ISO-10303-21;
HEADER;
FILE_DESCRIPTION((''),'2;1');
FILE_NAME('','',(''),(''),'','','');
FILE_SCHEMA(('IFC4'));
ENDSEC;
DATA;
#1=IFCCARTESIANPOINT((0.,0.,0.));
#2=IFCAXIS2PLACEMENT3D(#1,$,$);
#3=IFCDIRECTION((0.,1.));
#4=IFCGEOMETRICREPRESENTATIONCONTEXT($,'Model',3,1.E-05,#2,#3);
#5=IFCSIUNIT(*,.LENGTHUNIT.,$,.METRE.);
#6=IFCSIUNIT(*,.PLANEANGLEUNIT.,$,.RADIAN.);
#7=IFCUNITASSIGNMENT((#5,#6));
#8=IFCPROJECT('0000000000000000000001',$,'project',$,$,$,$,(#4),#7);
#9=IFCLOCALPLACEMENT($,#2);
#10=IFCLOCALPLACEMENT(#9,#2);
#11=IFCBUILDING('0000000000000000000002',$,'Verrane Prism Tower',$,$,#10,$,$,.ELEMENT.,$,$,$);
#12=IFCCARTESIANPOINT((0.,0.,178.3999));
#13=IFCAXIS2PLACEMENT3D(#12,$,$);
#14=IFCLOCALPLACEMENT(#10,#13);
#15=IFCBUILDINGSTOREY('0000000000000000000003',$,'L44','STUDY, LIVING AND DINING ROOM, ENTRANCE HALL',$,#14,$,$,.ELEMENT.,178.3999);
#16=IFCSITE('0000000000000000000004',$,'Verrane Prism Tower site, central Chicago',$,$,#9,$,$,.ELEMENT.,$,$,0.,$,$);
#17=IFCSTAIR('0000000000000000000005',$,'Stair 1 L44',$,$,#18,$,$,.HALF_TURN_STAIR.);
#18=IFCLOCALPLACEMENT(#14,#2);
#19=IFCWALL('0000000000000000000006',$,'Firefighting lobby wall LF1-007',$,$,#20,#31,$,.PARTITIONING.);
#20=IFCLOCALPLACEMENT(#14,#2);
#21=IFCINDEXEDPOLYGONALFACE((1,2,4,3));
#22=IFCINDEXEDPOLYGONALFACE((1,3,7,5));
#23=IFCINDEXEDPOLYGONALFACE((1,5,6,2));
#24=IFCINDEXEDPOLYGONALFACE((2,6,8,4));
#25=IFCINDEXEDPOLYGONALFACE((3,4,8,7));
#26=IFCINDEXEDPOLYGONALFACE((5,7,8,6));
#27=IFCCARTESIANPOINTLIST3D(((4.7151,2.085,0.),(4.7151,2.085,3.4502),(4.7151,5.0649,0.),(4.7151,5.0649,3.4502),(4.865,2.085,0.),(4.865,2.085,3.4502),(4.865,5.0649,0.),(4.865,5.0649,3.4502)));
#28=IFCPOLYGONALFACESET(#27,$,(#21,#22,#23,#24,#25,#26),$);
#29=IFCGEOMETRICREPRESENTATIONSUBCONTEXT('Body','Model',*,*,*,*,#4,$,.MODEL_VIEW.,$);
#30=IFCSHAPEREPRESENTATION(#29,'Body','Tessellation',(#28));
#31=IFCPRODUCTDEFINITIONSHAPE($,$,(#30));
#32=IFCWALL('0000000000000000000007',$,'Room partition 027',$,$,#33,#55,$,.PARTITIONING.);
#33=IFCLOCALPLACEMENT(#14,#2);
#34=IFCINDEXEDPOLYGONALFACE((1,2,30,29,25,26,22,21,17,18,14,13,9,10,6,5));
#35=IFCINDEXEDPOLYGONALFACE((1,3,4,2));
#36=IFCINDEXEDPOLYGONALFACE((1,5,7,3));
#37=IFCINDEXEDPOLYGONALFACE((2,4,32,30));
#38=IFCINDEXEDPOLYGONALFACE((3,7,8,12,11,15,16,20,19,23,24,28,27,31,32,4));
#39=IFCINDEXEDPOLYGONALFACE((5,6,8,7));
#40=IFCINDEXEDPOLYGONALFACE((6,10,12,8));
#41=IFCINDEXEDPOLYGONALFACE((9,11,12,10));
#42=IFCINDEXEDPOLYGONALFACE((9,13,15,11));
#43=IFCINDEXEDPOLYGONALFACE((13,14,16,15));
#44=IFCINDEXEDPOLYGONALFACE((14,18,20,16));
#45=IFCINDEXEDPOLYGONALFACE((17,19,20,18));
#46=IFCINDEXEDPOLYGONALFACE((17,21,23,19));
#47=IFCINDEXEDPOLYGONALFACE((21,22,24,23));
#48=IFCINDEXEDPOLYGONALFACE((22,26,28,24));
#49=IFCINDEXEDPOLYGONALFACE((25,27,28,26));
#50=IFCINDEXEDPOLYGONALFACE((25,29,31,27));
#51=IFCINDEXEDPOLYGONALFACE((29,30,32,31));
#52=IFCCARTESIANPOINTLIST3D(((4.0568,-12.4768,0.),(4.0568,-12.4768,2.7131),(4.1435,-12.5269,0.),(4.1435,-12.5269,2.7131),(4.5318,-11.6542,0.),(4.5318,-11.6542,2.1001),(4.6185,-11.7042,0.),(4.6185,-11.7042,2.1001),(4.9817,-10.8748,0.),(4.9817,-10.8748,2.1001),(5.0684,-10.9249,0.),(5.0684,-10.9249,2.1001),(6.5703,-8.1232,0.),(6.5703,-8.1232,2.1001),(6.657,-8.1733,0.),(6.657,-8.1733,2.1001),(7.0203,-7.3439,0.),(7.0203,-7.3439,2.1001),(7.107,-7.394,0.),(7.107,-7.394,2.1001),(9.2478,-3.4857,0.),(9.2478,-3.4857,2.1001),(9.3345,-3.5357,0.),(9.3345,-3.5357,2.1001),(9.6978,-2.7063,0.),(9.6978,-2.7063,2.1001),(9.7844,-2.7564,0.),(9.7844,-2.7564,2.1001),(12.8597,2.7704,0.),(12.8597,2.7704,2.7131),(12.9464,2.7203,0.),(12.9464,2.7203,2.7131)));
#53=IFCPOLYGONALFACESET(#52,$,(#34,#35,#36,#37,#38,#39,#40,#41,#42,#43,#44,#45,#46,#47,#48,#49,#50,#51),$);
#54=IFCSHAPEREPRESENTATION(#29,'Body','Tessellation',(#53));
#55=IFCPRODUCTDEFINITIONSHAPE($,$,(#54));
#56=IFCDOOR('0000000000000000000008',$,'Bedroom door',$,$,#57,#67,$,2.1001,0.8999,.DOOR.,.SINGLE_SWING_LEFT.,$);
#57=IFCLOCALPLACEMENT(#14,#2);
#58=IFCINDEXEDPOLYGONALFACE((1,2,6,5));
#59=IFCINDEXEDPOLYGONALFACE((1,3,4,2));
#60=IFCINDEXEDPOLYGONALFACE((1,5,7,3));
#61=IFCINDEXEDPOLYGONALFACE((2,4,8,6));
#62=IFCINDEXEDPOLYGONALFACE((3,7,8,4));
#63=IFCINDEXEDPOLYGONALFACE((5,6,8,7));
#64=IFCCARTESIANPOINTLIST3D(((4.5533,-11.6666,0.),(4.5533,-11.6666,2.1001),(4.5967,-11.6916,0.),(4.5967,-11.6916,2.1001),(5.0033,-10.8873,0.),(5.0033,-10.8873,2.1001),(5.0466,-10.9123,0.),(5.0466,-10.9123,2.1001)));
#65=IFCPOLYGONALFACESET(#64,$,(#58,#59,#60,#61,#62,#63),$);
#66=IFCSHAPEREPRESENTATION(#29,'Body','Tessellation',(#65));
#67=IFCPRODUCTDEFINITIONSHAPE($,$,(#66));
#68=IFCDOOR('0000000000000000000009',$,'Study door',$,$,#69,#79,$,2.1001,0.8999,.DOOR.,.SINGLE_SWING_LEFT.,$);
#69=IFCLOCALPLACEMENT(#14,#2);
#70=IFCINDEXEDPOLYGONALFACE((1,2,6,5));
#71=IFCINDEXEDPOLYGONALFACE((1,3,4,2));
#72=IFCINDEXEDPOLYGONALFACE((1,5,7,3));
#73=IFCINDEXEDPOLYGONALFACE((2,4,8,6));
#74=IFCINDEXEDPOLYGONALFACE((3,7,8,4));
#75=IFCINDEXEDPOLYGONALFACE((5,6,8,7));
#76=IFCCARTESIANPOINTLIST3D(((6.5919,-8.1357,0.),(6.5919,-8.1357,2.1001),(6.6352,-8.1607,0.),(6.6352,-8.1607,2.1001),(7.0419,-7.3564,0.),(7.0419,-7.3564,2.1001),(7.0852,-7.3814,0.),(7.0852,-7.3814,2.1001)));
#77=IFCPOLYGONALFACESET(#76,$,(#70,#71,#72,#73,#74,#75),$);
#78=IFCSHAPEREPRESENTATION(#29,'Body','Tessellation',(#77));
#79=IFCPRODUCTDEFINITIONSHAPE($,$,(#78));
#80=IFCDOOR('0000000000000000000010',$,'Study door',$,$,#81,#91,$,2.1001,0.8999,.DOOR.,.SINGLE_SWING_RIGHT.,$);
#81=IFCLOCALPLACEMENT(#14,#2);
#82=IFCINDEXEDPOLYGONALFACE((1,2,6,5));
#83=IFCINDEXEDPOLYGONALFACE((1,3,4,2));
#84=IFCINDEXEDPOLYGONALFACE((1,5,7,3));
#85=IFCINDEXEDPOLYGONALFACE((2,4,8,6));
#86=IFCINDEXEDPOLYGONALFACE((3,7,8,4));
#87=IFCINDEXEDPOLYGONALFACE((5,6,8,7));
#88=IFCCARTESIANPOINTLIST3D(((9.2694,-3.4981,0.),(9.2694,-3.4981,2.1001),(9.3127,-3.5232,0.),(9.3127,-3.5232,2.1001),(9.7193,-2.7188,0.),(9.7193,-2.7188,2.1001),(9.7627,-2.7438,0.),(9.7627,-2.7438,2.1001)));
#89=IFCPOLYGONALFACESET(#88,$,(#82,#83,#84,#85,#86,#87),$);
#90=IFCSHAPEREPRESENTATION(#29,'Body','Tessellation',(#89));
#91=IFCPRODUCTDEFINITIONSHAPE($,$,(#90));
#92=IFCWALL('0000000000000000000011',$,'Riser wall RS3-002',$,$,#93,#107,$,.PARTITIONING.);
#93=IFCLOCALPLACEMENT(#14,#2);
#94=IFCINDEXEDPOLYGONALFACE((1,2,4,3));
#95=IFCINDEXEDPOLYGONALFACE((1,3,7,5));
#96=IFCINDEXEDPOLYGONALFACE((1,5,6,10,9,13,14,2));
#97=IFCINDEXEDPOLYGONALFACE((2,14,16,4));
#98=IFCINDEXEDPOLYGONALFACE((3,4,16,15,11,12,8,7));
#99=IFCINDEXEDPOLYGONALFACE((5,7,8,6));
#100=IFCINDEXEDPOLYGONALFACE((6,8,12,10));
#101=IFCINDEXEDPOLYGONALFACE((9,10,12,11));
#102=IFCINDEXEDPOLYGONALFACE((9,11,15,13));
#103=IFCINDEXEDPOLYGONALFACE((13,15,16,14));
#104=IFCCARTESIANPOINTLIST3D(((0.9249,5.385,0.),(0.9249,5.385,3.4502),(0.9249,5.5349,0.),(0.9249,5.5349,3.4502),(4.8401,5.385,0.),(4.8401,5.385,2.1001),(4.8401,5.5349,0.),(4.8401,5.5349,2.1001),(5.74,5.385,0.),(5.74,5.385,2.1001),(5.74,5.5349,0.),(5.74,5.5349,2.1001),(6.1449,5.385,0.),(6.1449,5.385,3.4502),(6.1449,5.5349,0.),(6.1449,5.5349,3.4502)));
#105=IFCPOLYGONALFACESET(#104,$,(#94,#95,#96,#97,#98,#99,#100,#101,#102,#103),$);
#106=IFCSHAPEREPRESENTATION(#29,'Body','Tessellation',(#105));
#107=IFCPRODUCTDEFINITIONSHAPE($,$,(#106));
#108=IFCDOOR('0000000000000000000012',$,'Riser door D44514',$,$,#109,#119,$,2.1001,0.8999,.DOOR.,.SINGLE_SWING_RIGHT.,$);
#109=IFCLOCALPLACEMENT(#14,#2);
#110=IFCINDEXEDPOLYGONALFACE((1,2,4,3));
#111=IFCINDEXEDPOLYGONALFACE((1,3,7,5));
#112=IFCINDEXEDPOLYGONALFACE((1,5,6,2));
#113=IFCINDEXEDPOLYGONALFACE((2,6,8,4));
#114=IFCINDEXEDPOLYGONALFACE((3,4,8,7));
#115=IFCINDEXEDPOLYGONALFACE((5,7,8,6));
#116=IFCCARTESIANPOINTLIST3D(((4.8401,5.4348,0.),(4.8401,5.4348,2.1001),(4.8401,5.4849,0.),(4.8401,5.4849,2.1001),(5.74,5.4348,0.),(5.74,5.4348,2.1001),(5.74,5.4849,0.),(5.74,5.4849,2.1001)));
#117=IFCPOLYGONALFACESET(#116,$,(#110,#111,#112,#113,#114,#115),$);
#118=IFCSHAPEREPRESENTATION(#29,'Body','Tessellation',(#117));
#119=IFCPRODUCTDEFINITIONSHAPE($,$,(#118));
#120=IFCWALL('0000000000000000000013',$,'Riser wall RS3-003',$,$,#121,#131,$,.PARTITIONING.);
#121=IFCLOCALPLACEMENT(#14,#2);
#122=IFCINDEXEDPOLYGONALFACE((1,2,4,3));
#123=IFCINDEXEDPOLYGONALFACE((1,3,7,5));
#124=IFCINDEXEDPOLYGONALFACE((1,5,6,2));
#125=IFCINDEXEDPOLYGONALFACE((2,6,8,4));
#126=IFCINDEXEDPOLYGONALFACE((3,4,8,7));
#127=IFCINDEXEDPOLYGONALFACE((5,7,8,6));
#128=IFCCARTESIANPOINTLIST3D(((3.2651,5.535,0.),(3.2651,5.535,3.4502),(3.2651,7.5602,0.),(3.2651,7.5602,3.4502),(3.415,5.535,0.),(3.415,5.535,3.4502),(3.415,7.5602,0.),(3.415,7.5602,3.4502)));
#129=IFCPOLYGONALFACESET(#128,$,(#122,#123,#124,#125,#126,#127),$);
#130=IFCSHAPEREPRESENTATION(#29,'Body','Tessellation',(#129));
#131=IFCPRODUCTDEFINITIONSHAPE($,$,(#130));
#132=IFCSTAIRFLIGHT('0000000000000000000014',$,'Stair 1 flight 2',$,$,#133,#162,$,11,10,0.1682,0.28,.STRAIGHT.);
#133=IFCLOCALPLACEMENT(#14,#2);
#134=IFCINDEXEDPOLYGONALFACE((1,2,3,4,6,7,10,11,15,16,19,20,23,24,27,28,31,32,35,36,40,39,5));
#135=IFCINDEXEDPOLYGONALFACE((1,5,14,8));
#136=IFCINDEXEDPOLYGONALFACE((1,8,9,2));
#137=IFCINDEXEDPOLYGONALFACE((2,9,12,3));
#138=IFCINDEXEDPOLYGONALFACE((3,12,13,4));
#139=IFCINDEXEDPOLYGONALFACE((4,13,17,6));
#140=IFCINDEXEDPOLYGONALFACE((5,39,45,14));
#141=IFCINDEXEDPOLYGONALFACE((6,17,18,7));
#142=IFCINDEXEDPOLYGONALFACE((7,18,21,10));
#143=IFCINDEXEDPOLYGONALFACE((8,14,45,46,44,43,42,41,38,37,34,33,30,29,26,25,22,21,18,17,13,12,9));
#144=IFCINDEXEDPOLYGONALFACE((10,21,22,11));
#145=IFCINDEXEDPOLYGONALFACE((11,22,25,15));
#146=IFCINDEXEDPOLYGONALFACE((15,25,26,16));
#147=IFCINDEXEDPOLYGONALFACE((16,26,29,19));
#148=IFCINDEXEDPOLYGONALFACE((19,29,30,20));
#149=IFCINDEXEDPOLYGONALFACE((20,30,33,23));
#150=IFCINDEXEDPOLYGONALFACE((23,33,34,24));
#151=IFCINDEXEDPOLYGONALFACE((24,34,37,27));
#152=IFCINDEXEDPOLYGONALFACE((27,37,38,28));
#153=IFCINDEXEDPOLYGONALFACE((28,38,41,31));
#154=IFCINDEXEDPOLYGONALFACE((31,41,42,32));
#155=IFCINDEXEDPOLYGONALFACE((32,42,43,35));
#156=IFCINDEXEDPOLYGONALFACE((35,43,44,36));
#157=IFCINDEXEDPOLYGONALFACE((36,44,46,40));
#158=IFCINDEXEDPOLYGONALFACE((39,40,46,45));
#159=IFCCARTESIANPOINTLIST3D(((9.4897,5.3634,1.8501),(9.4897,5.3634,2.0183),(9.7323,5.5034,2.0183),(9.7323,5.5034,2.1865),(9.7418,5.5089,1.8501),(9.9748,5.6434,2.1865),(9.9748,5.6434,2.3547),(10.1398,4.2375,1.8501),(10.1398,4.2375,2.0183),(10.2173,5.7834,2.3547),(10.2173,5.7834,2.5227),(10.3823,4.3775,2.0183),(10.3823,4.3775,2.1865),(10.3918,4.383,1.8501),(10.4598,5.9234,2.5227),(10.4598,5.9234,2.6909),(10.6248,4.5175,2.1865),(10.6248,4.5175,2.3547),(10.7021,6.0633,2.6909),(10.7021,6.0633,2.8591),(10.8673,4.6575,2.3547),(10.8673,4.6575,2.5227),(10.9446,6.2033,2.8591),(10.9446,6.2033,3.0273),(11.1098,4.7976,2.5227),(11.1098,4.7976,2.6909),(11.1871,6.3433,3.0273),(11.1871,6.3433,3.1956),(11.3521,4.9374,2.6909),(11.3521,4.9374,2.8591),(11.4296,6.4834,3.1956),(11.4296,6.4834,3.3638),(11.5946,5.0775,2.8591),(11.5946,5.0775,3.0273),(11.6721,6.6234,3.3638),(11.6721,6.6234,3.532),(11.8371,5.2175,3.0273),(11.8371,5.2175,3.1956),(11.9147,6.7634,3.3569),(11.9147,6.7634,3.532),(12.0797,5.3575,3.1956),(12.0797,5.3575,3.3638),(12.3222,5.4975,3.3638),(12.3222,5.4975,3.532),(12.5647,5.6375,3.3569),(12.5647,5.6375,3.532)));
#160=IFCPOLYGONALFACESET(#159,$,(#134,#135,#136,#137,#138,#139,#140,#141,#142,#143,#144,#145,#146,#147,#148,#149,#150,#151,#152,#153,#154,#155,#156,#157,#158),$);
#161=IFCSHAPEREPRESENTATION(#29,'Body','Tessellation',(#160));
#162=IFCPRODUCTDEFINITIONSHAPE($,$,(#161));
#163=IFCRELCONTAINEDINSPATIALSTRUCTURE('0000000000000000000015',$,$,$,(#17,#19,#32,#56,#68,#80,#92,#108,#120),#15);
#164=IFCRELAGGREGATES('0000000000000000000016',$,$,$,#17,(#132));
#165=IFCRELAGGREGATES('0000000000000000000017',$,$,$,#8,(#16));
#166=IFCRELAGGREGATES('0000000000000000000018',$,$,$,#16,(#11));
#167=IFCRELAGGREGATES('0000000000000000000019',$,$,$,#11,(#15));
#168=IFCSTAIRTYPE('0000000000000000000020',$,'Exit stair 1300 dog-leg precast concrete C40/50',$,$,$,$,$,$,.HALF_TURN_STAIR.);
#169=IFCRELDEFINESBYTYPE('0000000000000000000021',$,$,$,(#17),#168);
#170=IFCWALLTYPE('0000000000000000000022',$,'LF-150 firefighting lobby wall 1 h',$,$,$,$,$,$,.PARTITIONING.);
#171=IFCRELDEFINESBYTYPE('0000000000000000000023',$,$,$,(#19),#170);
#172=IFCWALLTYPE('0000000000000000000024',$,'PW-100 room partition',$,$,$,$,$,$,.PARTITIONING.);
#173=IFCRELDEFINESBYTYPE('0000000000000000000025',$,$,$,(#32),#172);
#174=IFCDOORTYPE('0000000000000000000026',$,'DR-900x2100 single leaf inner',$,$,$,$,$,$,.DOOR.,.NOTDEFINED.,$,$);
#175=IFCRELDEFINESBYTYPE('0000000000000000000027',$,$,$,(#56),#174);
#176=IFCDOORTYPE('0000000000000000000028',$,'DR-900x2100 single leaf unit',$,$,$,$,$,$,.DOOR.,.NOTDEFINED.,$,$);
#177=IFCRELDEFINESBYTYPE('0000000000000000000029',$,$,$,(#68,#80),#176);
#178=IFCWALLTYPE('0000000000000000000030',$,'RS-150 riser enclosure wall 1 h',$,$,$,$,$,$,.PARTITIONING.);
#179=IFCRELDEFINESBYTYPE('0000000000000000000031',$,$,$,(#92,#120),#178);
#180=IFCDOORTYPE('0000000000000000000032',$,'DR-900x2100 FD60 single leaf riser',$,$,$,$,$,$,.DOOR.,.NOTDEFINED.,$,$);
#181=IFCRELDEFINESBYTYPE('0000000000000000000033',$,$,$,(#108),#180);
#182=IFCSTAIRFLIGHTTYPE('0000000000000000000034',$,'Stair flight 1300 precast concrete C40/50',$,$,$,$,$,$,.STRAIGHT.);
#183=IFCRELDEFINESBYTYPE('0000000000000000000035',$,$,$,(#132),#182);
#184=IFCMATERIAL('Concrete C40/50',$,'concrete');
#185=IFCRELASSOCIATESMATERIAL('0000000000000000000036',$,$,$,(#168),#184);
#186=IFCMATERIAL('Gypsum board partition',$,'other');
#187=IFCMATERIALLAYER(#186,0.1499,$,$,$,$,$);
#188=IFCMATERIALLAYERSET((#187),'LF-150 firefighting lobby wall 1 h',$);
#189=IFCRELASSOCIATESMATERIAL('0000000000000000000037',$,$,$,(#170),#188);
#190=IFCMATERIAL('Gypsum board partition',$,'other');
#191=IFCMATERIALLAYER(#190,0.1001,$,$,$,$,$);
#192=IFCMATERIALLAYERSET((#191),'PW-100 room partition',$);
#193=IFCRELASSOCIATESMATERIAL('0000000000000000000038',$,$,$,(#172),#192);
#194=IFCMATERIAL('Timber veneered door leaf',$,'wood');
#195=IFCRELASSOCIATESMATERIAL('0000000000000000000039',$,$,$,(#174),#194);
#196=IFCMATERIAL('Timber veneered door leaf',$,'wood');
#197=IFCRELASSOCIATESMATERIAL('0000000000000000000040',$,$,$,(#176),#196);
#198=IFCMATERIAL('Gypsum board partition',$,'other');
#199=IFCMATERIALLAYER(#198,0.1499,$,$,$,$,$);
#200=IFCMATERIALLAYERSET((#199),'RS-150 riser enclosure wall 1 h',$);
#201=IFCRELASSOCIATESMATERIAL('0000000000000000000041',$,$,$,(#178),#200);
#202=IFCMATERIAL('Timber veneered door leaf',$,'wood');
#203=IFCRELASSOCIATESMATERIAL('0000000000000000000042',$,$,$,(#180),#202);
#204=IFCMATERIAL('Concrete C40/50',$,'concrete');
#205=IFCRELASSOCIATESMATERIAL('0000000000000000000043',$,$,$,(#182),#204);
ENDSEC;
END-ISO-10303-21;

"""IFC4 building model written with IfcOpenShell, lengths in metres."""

from ifc_helpers import new_model, si_unit, direction, frame, frame_2d, origin, place, context, subcontext, project, spatial, polyline, rectangle, outline, extrude, material, layer, layer_set, type_object, element, fill, aggregate, save


model = new_model("IFC4")

# Units and contexts
model_context = context("Model", 3, precision=1e-05, world=origin(), true_north=direction((0.0, 1.0)))
body_context = subcontext(model_context, "Body", "Model", "MODEL_VIEW")
ifc_project = project(units=[si_unit("LENGTHUNIT", "METRE"), si_unit("PLANEANGLEUNIT", "RADIAN")], contexts=[model_context])

# Site, building, storey
site_placement = place(None, origin())
site = spatial("IfcSite", under=ifc_project, at=site_placement, Name="Verrane Prism Tower site, central Chicago", CompositionType="ELEMENT", RefElevation=0.0)
building_placement = place(site_placement, origin())
building = spatial("IfcBuilding", under=site, at=building_placement, Name="Verrane Prism Tower", CompositionType="ELEMENT")
storey_placement = place(building_placement, frame((0.0, 0.0, 178.3999)))
storey = spatial("IfcBuildingStorey", under=building, at=storey_placement, Name="L44", Description="STUDY, LIVING AND DINING ROOM, ENTRANCE HALL", CompositionType="ELEMENT", Elevation=178.3999)

# Stair
ifc_material_1 = material(Name="Concrete C40/50", Category="concrete")
stair_type = type_object("IfcStairType", Name="Exit stair 1300 dog-leg precast concrete C40/50", PredefinedType="HALF_TURN_STAIR", material=ifc_material_1)
stair_1_placement = place(storey_placement, origin())
stair_1 = element("IfcStair", 1, at=stair_1_placement, inside=storey, type_object=stair_type, Name="Stair 1 L44", PredefinedType="HALF_TURN_STAIR")

# Wall
ifc_material_2 = material(Name="Gypsum board partition", Category="other")
ifc_layer_1 = layer(ifc_material_2, 0.1499)
ifc_layer_set_1 = layer_set([ifc_layer_1], Name="LF-150 firefighting lobby wall 1 h")
wall_type_1 = type_object("IfcWallType", Name="LF-150 firefighting lobby wall 1 h", PredefinedType="PARTITIONING", material=ifc_layer_set_1)
wall_1_placement = place(storey_placement, frame((4.79, 2.085, 0.0), z_axis=(0.0, 0.0, 1.0), x_axis=(0.0, 1.0, 0.0)))
element("IfcWall", 2, at=wall_1_placement, inside=storey, type_object=wall_type_1, Name="Firefighting lobby wall LF1-007", PredefinedType="PARTITIONING", context=body_context, shape_type="SweptSolid", body=[
    extrude(rectangle(XDim=2.98, YDim=0.1499, at=frame_2d((1.49, 0.0))), origin(), (0.0, 0.0, 1.0), 3.4502),
])

# Wall, openings, doors
ifc_material_3 = material(Name="Gypsum board partition", Category="other")
ifc_layer_2 = layer(ifc_material_3, 0.1001)
ifc_layer_set_2 = layer_set([ifc_layer_2], Name="PW-100 room partition")
wall_type_2 = type_object("IfcWallType", Name="PW-100 room partition", PredefinedType="PARTITIONING", material=ifc_layer_set_2)
wall_2_placement = place(storey_placement, frame((12.9031, 2.7454, 0.0), z_axis=(0.0, 0.0, 1.0), x_axis=(-0.499997, -0.866027, 0.0)))
wall_2 = element("IfcWall", 3, at=wall_2_placement, inside=storey, type_object=wall_type_2, Name="Room partition 027", PredefinedType="PARTITIONING", context=body_context, shape_type="SweptSolid", body=[
    extrude(rectangle(XDim=17.606, YDim=0.1001, at=frame_2d((8.803, 0.0))), origin(), (0.0, 0.0, 1.0), 2.7131),
])
opening_1_placement = place(wall_2_placement, frame((15.7561, 0.0, 0.0)))
opening_1 = element("IfcOpeningElement", 4, at=opening_1_placement, cuts=wall_2, PredefinedType="OPENING", context=body_context, shape_type="SweptSolid", body=[
    extrude(rectangle(XDim=0.8999, YDim=2.1001, at=frame_2d((0.45, 1.05))), frame((0.0, 0.0601, 0.0), z_axis=(0.0, -1.0, 0.0), x_axis=(1.0, 0.0, 0.0)), (0.0, 0.0, 1.0), 0.1201),
])
opening_2_placement = place(wall_2_placement, frame((11.679, 0.0, 0.0)))
opening_2 = element("IfcOpeningElement", 5, at=opening_2_placement, cuts=wall_2, PredefinedType="OPENING", context=body_context, shape_type="SweptSolid", body=[
    extrude(rectangle(XDim=0.8999, YDim=2.1001, at=frame_2d((0.45, 1.05))), frame((0.0, 0.0601, 0.0), z_axis=(0.0, -1.0, 0.0), x_axis=(1.0, 0.0, 0.0)), (0.0, 0.0, 1.0), 0.1201),
])
opening_3_placement = place(wall_2_placement, frame((6.324, 0.0, 0.0)))
opening_3 = element("IfcOpeningElement", 6, at=opening_3_placement, cuts=wall_2, PredefinedType="OPENING", context=body_context, shape_type="SweptSolid", body=[
    extrude(rectangle(XDim=0.8999, YDim=2.1001, at=frame_2d((0.45, 1.05))), frame((0.0, 0.0601, 0.0), z_axis=(0.0, -1.0, 0.0), x_axis=(1.0, 0.0, 0.0)), (0.0, 0.0, 1.0), 0.1201),
])
ifc_material_4 = material(Name="Timber veneered door leaf", Category="wood")
door_type_1 = type_object("IfcDoorType", Name="DR-900x2100 single leaf inner", OperationType="NOTDEFINED", PredefinedType="DOOR", material=ifc_material_4)
door_1_placement = place(opening_1_placement, origin())
door_1 = element("IfcDoor", 7, at=door_1_placement, inside=storey, type_object=door_type_1, Name="Bedroom door", OperationType="SINGLE_SWING_LEFT", OverallHeight=2.1001, OverallWidth=0.8999, PredefinedType="DOOR", context=body_context, shape_type="SweptSolid", body=[
    extrude(rectangle(XDim=0.8999, YDim=2.1001, at=frame_2d((0.45, 1.05))), frame((0.0, 0.0249, 0.0), z_axis=(0.0, -1.0, 0.0), x_axis=(1.0, 0.0, 0.0)), (0.0, 0.0, 1.0), 0.05),
])
fill(opening_1, door_1)
ifc_material_5 = material(Name="Timber veneered door leaf", Category="wood")
door_type_2 = type_object("IfcDoorType", Name="DR-900x2100 single leaf unit", OperationType="NOTDEFINED", PredefinedType="DOOR", material=ifc_material_5)
door_2_placement = place(opening_2_placement, origin())
door_2 = element("IfcDoor", 8, at=door_2_placement, inside=storey, type_object=door_type_2, Name="Study door", OperationType="SINGLE_SWING_LEFT", OverallHeight=2.1001, OverallWidth=0.8999, PredefinedType="DOOR", context=body_context, shape_type="SweptSolid", body=[
    extrude(rectangle(XDim=0.8999, YDim=2.1001, at=frame_2d((0.45, 1.05))), frame((0.0, 0.0249, 0.0), z_axis=(0.0, -1.0, 0.0), x_axis=(1.0, 0.0, 0.0)), (0.0, 0.0, 1.0), 0.05),
])
fill(opening_2, door_2)
door_3_placement = place(opening_3_placement, origin())
door_3 = element("IfcDoor", 9, at=door_3_placement, inside=storey, type_object=door_type_2, Name="Study door", OperationType="SINGLE_SWING_RIGHT", OverallHeight=2.1001, OverallWidth=0.8999, PredefinedType="DOOR", context=body_context, shape_type="SweptSolid", body=[
    extrude(rectangle(XDim=0.8999, YDim=2.1001, at=frame_2d((0.45, 1.05))), frame((0.0, 0.0249, 0.0), z_axis=(0.0, -1.0, 0.0), x_axis=(1.0, 0.0, 0.0)), (0.0, 0.0, 1.0), 0.05),
])
fill(opening_3, door_3)

# Wall, opening, door
ifc_material_6 = material(Name="Gypsum board partition", Category="other")
ifc_layer_3 = layer(ifc_material_6, 0.1499)
ifc_layer_set_3 = layer_set([ifc_layer_3], Name="RS-150 riser enclosure wall 1 h")
wall_type_3 = type_object("IfcWallType", Name="RS-150 riser enclosure wall 1 h", PredefinedType="PARTITIONING", material=ifc_layer_set_3)
wall_3_placement = place(storey_placement, frame((0.925, 5.46, 0.0), z_axis=(0.0, 0.0, 1.0), x_axis=(1.0, 0.0, 0.0)))
wall_3 = element("IfcWall", 10, at=wall_3_placement, inside=storey, type_object=wall_type_3, Name="Riser wall RS3-002", PredefinedType="PARTITIONING", context=body_context, shape_type="SweptSolid", body=[
    extrude(rectangle(XDim=5.22, YDim=0.1499, at=frame_2d((2.6099, 0.0))), origin(), (0.0, 0.0, 1.0), 3.4502),
])
opening_4_placement = place(wall_3_placement, frame((3.915, 0.0, 0.0)))
opening_4 = element("IfcOpeningElement", 11, at=opening_4_placement, cuts=wall_3, PredefinedType="OPENING", context=body_context, shape_type="SweptSolid", body=[
    extrude(rectangle(XDim=0.8999, YDim=2.1001, at=frame_2d((0.45, 1.05))), frame((0.0, 0.085, 0.0), z_axis=(0.0, -1.0, 0.0), x_axis=(1.0, 0.0, 0.0)), (0.0, 0.0, 1.0), 0.1699),
])
ifc_material_7 = material(Name="Timber veneered door leaf", Category="wood")
door_type_3 = type_object("IfcDoorType", Name="DR-900x2100 FD60 single leaf riser", OperationType="NOTDEFINED", PredefinedType="DOOR", material=ifc_material_7)
door_4_placement = place(opening_4_placement, origin())
door_4 = element("IfcDoor", 12, at=door_4_placement, inside=storey, type_object=door_type_3, Name="Riser door D44514", OperationType="SINGLE_SWING_RIGHT", OverallHeight=2.1001, OverallWidth=0.8999, PredefinedType="DOOR", context=body_context, shape_type="SweptSolid", body=[
    extrude(rectangle(XDim=0.8999, YDim=2.1001, at=frame_2d((0.45, 1.05))), frame((0.0, 0.0249, 0.0), z_axis=(0.0, -1.0, 0.0), x_axis=(1.0, 0.0, 0.0)), (0.0, 0.0, 1.0), 0.05),
])
fill(opening_4, door_4)

# Wall
wall_4_placement = place(storey_placement, frame((3.3401, 5.5349, 0.0), z_axis=(0.0, 0.0, 1.0), x_axis=(0.0, 1.0, 0.0)))
element("IfcWall", 13, at=wall_4_placement, inside=storey, type_object=wall_type_3, Name="Riser wall RS3-003", PredefinedType="PARTITIONING", context=body_context, shape_type="SweptSolid", body=[
    extrude(rectangle(XDim=2.0251, YDim=0.1499, at=frame_2d((1.0127, 0.0))), origin(), (0.0, 0.0, 1.0), 3.4502),
])

# Stair flight
ifc_material_8 = material(Name="Concrete C40/50", Category="concrete")
stair_flight_type = type_object("IfcStairFlightType", Name="Stair flight 1300 precast concrete C40/50", PredefinedType="STRAIGHT", material=ifc_material_8)
stair_flight_placement = place(storey_placement, frame((9.8147, 4.8005, 1.8501), z_axis=(0.0, 0.0, 1.0), x_axis=(0.866025, 0.5, 0.0)))
stair_flight = element("IfcStairFlight", 14, at=stair_flight_placement, type_object=stair_flight_type, Name="Stair 1 flight 2", NumberOfRisers=11, NumberOfTreads=10, PredefinedType="STRAIGHT", RiserHeight=0.1682, TreadLength=0.28, context=body_context, shape_type="SweptSolid", body=[
    extrude(outline(polyline([(0.0, 0.0), (0.0, 0.1682), (0.28, 0.1682), (0.28, 0.3364), (0.5601, 0.3364), (0.5601, 0.5046), (0.8401, 0.5046), (0.8401, 0.6726), (1.1201, 0.6726), (1.1201, 0.8408), (1.3999, 0.8408), (1.3999, 1.009), (1.6799, 1.009), (1.6799, 1.1772), (1.96, 1.1772), (1.96, 1.3455), (2.24, 1.3455), (2.24, 1.5137), (2.52, 1.5137), (2.52, 1.6819), (2.8, 1.6819), (2.8, 1.8501), (2.8, 1.5068), (0.291, 0.0), (0.0, 0.0)])), frame((0.0, 0.6499, 0.0), z_axis=(0.0, -1.0, 0.0), x_axis=(1.0, 0.0, 0.0)), (0.0, 0.0, 1.0), 1.3),
])
aggregate(stair_1, [stair_flight])

save(model, "model.ifc")
